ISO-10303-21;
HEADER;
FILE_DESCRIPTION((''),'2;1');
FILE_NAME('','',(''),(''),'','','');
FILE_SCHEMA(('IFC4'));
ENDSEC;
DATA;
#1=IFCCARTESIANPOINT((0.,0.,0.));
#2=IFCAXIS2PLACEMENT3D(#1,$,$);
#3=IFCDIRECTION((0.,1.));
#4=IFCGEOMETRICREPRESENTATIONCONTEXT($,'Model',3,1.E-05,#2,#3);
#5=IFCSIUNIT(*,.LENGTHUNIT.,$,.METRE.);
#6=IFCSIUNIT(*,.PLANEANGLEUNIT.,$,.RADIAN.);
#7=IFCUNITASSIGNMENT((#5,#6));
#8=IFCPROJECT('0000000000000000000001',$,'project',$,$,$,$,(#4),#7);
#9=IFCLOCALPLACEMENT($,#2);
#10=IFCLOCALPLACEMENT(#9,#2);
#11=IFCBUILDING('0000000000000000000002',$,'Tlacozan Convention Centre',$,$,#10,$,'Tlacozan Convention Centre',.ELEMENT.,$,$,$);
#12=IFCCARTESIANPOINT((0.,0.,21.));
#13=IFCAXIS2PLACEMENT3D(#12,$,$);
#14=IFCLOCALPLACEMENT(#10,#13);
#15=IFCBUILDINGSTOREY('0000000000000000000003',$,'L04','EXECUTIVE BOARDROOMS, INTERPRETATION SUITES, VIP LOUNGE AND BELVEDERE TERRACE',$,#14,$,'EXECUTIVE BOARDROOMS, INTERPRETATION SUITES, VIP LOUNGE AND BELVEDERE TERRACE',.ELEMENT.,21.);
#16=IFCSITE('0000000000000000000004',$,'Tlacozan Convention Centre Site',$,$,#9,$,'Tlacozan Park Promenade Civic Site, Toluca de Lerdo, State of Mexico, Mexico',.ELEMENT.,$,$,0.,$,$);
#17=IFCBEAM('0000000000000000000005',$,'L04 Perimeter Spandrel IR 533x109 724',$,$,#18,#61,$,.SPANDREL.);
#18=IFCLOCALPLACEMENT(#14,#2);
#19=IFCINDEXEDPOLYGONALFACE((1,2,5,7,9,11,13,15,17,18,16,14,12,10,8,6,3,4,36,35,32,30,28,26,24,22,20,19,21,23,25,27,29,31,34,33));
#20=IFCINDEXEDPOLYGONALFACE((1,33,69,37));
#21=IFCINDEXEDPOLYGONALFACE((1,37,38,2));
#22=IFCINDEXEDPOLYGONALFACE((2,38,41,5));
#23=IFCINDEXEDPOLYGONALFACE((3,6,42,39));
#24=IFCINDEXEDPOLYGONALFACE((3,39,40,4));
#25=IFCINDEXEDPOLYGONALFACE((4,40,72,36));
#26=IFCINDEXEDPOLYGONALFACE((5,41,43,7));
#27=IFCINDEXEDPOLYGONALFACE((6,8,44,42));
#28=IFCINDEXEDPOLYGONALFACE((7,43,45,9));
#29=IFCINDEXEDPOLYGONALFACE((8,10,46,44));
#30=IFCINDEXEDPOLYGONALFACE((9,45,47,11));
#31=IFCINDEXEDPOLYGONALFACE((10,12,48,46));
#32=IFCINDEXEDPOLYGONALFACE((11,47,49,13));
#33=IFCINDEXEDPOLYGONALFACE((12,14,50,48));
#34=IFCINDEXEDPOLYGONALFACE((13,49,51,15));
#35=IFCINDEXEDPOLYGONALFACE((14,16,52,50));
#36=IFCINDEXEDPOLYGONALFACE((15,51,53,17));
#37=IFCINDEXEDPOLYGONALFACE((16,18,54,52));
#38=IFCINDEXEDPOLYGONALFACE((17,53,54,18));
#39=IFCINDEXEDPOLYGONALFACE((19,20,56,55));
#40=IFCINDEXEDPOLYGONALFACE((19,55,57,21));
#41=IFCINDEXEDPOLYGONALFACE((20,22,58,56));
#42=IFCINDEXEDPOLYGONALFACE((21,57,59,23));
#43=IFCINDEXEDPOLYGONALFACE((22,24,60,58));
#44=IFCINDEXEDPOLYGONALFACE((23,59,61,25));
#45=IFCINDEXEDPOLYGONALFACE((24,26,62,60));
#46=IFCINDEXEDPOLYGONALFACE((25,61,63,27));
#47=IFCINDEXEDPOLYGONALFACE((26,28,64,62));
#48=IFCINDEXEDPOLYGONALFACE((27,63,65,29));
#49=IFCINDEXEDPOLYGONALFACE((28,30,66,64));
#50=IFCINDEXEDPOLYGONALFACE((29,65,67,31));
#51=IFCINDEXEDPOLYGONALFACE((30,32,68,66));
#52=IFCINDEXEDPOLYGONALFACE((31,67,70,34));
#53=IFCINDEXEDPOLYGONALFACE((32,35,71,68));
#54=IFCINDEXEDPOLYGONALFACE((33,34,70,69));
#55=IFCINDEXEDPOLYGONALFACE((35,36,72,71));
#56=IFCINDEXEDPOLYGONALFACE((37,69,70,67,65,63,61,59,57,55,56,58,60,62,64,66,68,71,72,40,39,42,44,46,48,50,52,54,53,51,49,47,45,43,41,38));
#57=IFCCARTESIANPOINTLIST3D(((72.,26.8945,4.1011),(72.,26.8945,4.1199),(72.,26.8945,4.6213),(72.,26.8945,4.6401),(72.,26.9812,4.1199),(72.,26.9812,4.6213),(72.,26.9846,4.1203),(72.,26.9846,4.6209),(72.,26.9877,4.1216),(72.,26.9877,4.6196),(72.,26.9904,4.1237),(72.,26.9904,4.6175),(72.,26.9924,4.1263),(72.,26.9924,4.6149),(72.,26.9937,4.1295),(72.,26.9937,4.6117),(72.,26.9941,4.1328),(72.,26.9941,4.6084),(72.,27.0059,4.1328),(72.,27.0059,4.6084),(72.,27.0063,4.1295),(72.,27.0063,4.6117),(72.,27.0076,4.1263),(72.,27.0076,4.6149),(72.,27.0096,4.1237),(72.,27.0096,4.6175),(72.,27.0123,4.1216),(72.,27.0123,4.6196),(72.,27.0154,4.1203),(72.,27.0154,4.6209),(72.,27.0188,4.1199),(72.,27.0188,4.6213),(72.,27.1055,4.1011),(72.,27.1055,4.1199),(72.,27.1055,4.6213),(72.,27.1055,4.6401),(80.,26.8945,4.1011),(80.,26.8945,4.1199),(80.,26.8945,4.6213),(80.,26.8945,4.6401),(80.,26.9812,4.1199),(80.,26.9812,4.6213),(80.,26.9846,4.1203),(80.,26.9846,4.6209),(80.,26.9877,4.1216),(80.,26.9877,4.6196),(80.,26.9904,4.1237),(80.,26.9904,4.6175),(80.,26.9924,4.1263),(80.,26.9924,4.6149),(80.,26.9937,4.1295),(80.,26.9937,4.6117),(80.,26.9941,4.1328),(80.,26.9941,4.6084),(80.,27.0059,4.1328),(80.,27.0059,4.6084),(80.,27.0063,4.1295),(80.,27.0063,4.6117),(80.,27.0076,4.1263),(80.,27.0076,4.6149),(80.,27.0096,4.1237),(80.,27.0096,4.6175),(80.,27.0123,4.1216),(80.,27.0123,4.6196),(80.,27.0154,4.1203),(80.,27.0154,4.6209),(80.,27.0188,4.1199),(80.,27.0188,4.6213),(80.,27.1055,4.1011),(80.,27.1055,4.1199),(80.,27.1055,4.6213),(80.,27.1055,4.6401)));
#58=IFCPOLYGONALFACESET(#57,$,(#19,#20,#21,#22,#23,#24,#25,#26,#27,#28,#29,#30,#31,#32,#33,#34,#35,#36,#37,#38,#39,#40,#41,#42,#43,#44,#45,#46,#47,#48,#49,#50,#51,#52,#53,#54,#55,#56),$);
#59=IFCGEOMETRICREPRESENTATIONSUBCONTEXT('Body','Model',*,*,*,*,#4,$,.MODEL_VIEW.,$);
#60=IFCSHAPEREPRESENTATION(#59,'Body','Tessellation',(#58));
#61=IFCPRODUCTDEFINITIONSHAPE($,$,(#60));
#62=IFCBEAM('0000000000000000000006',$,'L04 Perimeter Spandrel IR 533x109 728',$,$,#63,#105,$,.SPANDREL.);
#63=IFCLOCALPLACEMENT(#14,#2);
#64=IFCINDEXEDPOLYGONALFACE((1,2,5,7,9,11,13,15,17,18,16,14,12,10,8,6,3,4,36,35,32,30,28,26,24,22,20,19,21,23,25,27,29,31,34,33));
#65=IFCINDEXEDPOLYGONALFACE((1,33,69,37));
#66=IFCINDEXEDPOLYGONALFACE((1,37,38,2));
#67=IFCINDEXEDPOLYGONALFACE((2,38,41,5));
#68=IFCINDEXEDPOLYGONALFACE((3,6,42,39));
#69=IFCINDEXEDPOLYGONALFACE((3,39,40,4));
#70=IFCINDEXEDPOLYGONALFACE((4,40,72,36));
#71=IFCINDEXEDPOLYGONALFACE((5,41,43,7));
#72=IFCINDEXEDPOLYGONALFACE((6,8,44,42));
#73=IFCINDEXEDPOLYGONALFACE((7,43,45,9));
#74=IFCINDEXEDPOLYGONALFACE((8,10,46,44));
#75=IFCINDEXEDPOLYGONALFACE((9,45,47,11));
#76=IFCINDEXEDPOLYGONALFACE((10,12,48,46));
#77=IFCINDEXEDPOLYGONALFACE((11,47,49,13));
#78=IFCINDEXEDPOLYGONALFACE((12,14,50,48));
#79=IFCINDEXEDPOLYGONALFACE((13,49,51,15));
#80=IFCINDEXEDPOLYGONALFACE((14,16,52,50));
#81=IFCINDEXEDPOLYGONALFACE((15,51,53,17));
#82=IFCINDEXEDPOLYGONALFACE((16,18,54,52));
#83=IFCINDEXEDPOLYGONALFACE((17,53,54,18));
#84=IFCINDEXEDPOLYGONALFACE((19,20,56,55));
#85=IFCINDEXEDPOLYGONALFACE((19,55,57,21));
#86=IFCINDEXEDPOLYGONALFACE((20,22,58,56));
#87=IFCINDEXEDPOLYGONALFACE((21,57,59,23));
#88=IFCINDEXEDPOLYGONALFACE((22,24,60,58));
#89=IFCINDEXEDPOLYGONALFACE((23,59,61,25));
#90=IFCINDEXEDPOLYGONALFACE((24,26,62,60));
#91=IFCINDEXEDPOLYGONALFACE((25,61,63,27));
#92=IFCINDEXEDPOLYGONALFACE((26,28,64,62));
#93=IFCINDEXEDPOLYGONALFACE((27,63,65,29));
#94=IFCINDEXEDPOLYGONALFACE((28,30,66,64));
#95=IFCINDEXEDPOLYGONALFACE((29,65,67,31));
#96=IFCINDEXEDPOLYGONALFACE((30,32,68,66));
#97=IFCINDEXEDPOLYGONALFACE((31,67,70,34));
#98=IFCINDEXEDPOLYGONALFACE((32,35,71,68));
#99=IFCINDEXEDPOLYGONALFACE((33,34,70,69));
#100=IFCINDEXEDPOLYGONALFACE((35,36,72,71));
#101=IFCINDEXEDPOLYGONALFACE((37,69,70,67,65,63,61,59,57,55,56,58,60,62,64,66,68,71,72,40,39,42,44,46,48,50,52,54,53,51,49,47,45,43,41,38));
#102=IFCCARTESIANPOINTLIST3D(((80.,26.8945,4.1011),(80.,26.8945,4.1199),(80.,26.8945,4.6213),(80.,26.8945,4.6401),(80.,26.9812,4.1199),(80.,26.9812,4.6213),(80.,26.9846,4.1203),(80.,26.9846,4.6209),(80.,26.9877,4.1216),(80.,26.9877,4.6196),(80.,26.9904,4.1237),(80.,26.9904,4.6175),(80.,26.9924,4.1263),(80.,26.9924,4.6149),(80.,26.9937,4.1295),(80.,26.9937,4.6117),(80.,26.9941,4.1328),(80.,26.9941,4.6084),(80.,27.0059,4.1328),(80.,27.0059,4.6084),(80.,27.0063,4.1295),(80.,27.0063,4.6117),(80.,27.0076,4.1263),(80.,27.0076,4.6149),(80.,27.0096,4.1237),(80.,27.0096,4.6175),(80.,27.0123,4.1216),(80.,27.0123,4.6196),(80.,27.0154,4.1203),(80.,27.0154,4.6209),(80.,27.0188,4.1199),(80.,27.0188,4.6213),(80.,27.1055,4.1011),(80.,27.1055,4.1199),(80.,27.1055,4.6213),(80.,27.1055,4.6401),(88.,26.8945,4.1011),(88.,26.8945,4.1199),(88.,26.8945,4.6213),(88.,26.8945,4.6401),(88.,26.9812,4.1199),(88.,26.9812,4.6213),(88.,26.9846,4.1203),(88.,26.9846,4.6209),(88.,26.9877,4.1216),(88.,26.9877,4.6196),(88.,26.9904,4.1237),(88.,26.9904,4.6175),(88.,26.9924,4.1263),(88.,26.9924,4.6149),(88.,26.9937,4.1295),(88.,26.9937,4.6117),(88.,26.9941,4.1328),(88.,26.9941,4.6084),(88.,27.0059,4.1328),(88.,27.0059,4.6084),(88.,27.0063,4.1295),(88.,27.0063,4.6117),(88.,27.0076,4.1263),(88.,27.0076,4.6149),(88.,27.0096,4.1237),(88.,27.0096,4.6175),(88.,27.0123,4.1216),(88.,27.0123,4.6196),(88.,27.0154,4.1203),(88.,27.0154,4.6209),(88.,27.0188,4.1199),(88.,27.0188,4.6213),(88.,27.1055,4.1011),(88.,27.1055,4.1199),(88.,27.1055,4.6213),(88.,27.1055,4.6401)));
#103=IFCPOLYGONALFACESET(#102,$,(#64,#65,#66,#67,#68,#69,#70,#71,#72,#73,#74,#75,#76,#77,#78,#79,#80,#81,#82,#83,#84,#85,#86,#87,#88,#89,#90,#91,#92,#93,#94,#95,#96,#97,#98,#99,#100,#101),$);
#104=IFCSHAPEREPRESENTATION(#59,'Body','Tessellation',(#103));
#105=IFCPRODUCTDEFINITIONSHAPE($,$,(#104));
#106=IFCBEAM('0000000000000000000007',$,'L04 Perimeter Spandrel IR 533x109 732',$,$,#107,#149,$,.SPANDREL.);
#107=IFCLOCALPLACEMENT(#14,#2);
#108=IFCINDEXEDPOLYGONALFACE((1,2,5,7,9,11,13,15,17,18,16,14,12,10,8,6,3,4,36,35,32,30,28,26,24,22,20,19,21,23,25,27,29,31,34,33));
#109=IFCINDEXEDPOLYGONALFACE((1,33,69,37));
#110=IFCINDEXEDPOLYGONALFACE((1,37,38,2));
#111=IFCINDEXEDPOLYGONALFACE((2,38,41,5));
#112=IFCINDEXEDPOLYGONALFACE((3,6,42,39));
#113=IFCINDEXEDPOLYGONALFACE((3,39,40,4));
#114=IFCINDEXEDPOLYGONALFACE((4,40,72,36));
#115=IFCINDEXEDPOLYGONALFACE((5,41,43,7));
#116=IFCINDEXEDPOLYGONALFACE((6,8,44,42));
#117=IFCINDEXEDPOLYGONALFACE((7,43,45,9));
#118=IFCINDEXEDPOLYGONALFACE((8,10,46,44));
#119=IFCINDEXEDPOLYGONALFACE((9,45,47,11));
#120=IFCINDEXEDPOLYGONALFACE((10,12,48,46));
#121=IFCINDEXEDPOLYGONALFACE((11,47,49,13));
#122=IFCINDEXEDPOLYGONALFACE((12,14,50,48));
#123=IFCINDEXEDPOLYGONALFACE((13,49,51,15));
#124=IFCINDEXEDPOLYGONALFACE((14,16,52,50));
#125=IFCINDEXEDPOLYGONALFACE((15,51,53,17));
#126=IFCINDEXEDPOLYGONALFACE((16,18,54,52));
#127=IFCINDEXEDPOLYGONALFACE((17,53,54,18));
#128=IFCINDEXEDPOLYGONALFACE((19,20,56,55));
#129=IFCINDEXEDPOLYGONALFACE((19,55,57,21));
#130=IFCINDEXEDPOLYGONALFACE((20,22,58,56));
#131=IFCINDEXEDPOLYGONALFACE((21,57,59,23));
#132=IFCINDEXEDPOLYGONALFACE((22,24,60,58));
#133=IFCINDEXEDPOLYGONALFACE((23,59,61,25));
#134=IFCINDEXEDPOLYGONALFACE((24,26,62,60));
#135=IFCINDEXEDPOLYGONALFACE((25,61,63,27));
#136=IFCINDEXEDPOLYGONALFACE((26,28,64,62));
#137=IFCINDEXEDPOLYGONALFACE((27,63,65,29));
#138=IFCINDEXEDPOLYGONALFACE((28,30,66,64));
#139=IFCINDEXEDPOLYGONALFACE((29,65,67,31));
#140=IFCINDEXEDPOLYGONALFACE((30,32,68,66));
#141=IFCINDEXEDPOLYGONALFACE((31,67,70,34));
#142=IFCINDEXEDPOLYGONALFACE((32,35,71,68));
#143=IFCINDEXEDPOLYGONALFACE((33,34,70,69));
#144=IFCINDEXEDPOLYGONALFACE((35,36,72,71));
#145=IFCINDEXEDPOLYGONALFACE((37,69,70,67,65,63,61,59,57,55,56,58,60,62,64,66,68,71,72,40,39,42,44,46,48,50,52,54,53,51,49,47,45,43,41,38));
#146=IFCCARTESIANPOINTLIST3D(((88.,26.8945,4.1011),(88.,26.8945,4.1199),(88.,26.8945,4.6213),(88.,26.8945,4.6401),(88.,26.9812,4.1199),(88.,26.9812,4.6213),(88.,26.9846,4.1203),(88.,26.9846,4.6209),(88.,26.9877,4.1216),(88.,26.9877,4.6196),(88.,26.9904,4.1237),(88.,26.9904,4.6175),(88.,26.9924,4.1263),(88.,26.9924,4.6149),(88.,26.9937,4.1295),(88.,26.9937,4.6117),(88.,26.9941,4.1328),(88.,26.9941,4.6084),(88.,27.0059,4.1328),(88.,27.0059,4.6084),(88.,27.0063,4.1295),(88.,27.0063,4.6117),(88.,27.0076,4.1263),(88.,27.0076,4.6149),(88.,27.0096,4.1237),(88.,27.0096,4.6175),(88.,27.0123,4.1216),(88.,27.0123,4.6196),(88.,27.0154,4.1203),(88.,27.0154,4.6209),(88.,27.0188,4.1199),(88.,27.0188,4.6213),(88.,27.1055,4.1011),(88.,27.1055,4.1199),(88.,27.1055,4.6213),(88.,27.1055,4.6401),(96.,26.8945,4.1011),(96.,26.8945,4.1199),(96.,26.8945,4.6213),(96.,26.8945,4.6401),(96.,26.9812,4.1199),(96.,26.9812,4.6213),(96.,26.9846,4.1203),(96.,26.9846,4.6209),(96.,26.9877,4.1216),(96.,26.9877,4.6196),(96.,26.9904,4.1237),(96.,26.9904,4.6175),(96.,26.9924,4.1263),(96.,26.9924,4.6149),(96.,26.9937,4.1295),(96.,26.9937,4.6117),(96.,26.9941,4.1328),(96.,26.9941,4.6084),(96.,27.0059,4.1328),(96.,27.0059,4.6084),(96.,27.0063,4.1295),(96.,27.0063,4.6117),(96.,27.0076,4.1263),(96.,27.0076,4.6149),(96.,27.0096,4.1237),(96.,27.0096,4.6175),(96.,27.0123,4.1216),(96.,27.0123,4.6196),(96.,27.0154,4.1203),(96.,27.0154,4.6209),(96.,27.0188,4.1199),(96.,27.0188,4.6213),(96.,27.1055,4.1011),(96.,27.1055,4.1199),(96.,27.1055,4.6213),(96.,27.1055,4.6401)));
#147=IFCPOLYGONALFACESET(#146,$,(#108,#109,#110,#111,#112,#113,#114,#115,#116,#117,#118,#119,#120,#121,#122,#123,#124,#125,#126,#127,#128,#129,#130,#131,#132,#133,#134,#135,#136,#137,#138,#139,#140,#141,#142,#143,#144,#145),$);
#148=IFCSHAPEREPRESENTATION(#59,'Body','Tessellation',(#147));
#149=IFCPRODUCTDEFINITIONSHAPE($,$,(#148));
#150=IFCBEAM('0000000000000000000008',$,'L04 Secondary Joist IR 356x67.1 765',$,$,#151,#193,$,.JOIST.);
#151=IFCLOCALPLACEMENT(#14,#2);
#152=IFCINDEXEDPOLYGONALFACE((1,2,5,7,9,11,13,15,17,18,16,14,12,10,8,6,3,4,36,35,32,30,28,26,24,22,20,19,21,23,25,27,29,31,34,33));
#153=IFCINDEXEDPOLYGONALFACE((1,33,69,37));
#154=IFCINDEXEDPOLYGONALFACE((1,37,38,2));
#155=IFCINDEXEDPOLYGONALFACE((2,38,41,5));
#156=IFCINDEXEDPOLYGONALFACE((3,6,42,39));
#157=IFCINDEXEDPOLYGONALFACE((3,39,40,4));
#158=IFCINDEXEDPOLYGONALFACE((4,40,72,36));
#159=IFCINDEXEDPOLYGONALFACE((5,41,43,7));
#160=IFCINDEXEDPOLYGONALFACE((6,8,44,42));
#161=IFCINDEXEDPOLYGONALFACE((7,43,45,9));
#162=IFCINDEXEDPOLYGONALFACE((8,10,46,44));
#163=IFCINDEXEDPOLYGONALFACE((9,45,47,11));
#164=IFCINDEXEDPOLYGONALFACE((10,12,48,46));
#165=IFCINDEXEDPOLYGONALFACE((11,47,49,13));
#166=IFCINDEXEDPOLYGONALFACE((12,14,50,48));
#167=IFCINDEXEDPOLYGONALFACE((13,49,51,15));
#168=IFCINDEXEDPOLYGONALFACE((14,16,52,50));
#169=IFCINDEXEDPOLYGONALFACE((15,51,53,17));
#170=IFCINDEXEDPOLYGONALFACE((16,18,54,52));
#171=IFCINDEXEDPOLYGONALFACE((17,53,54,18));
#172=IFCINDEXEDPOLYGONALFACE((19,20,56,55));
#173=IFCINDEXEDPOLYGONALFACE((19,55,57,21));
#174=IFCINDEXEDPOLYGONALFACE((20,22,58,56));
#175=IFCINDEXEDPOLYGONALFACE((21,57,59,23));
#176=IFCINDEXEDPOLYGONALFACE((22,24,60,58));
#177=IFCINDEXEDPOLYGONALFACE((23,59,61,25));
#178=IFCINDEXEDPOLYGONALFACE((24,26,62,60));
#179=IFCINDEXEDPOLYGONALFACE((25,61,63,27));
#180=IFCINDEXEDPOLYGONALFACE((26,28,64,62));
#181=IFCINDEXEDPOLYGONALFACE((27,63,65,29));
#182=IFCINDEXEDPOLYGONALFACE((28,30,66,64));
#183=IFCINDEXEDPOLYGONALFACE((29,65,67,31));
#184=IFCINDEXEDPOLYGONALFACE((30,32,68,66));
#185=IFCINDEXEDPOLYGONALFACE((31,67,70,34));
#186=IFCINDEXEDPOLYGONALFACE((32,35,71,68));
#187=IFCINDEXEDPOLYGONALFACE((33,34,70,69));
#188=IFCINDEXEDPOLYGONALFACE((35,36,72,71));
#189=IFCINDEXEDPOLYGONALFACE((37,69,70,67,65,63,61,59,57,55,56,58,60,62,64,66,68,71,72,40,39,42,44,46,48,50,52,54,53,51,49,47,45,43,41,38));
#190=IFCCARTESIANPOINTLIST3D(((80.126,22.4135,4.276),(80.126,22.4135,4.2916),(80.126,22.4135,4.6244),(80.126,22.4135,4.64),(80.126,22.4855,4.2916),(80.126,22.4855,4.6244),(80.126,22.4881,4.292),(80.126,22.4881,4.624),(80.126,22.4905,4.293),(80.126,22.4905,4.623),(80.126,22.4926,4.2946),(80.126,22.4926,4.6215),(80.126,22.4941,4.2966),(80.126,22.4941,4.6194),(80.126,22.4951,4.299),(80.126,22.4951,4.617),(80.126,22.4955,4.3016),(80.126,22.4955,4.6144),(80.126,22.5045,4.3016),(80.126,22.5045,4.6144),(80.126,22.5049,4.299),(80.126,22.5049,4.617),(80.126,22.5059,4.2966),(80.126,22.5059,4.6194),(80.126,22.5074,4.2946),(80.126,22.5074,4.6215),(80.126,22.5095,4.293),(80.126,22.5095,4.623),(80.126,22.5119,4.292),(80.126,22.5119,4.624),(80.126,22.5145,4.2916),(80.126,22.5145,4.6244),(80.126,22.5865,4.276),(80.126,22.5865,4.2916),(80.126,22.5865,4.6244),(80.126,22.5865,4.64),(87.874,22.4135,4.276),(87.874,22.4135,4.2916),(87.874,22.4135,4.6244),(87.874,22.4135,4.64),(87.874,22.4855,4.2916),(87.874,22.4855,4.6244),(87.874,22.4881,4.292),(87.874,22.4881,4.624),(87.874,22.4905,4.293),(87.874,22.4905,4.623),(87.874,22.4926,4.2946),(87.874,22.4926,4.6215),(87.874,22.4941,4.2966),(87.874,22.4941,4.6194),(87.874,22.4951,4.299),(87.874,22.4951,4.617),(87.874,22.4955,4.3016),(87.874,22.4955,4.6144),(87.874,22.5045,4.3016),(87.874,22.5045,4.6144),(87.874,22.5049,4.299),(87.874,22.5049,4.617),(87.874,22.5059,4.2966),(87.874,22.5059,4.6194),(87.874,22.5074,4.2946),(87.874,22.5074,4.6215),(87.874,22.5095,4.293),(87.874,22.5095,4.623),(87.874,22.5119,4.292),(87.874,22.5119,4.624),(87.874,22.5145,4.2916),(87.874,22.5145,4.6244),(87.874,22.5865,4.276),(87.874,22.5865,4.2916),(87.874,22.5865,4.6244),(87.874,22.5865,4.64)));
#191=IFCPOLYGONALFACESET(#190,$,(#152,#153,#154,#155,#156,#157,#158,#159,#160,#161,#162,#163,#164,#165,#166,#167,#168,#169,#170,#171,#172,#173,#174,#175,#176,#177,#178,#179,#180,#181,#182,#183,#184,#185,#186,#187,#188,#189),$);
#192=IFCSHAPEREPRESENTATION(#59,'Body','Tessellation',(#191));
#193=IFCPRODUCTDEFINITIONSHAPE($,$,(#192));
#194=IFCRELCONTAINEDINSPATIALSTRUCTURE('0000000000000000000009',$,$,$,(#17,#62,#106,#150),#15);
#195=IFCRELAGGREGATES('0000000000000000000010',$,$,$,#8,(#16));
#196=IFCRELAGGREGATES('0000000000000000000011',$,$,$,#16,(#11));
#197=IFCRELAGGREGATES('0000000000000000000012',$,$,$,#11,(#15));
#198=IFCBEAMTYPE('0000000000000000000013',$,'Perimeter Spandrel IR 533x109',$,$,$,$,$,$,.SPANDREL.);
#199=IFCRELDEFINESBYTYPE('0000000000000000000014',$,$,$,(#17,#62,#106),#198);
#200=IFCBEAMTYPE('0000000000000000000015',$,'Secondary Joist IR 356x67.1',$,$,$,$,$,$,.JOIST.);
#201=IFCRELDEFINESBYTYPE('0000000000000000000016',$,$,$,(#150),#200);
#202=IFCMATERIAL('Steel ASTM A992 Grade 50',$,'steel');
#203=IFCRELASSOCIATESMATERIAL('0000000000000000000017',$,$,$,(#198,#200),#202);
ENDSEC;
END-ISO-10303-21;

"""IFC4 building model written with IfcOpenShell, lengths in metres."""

from ifc_helpers import new_model, si_unit, direction, frame, origin, origin_2d, place, context, subcontext, project, spatial, i_section, extrude, material, material_profile, profile_set, type_object, element, save


model = new_model("IFC4")

# Units and contexts
model_context = context("Model", 3, precision=1e-05, world=origin(), true_north=direction((0.0, 1.0)))
body_context = subcontext(model_context, "Body", "Model", "MODEL_VIEW")
ifc_project = project(units=[si_unit("LENGTHUNIT", "METRE"), si_unit("PLANEANGLEUNIT", "RADIAN")], contexts=[model_context])

# Site, building, storey
site_placement = place(None, origin())
site = spatial("IfcSite", under=ifc_project, at=site_placement, Name="Tlacozan Convention Centre Site", LongName="Tlacozan Park Promenade Civic Site, Toluca de Lerdo, State of Mexico, Mexico", CompositionType="ELEMENT", RefElevation=0.0)
building_placement = place(site_placement, origin())
building = spatial("IfcBuilding", under=site, at=building_placement, Name="Tlacozan Convention Centre", LongName="Tlacozan Convention Centre", CompositionType="ELEMENT")
storey_placement = place(building_placement, frame((0.0, 0.0, 21.0)))
storey = spatial("IfcBuildingStorey", under=building, at=storey_placement, Name="L04", Description="EXECUTIVE BOARDROOMS, INTERPRETATION SUITES, VIP LOUNGE AND BELVEDERE TERRACE", LongName="EXECUTIVE BOARDROOMS, INTERPRETATION SUITES, VIP LOUNGE AND BELVEDERE TERRACE", CompositionType="ELEMENT", Elevation=21.0)

# Beams
ifc_material_1 = material(Name="Steel ASTM A992 Grade 50", Category="steel")
ifc_material_profile_1 = material_profile(ifc_material_1, i_section(OverallWidth=0.2109, OverallDepth=0.5391, WebThickness=0.0117, FlangeThickness=0.0188, FilletRadius=0.0129, at=origin_2d()), Name="IR 533x109.0")
ifc_profile_set_1 = profile_set([ifc_material_profile_1], Name="Steel ASTM A992 Grade 50")
beam_type_1 = type_object("IfcBeamType", Name="Perimeter Spandrel IR 533x109", PredefinedType="SPANDREL", material=ifc_profile_set_1)
for number, where, z_axis, x_axis, name in (
    (1, (72.0, 27.0, 4.3706), (1.0, 0.0, 0.0), (0.0, 1.0, 0.0), "L04 Perimeter Spandrel IR 533x109 724"),
    (2, (80.0, 27.0, 4.3706), (1.0, 0.0, 0.0), (0.0, 1.0, 0.0), "L04 Perimeter Spandrel IR 533x109 728"),
    (3, (88.0, 27.0, 4.3706), (1.0, 0.0, 0.0), (0.0, 1.0, 0.0), "L04 Perimeter Spandrel IR 533x109 732"),
):
    element("IfcBeam", number, at=place(storey_placement, frame(where, z_axis=z_axis, x_axis=x_axis)), inside=storey, type_object=beam_type_1, Name=name, PredefinedType="SPANDREL", context=body_context, shape_type="SweptSolid", body=[
        extrude(i_section(OverallWidth=0.2109, OverallDepth=0.5391, WebThickness=0.0117, FlangeThickness=0.0188, FilletRadius=0.0129, at=origin_2d()), origin(), (0.0, 0.0, 1.0), 8.0),
    ])
ifc_material_profile_2 = material_profile(ifc_material_1, i_section(OverallWidth=0.1731, OverallDepth=0.364, WebThickness=0.009, FlangeThickness=0.0156, FilletRadius=0.01, at=origin_2d()), Name="IR 356x67.1")
ifc_profile_set_2 = profile_set([ifc_material_profile_2], Name="Steel ASTM A992 Grade 50")
beam_type_2 = type_object("IfcBeamType", Name="Secondary Joist IR 356x67.1", PredefinedType="JOIST", material=ifc_profile_set_2)
for number, where, z_axis, x_axis, name in (
    (4, (80.126, 22.5, 4.458), (1.0, 0.0, 0.0), (0.0, 1.0, 0.0), "L04 Secondary Joist IR 356x67.1 765"),
):
    element("IfcBeam", number, at=place(storey_placement, frame(where, z_axis=z_axis, x_axis=x_axis)), inside=storey, type_object=beam_type_2, Name=name, PredefinedType="JOIST", context=body_context, shape_type="SweptSolid", body=[
        extrude(i_section(OverallWidth=0.1731, OverallDepth=0.364, WebThickness=0.009, FlangeThickness=0.0156, FilletRadius=0.01, at=origin_2d()), origin(), (0.0, 0.0, 1.0), 7.748),
    ])

save(model, "model.ifc")
